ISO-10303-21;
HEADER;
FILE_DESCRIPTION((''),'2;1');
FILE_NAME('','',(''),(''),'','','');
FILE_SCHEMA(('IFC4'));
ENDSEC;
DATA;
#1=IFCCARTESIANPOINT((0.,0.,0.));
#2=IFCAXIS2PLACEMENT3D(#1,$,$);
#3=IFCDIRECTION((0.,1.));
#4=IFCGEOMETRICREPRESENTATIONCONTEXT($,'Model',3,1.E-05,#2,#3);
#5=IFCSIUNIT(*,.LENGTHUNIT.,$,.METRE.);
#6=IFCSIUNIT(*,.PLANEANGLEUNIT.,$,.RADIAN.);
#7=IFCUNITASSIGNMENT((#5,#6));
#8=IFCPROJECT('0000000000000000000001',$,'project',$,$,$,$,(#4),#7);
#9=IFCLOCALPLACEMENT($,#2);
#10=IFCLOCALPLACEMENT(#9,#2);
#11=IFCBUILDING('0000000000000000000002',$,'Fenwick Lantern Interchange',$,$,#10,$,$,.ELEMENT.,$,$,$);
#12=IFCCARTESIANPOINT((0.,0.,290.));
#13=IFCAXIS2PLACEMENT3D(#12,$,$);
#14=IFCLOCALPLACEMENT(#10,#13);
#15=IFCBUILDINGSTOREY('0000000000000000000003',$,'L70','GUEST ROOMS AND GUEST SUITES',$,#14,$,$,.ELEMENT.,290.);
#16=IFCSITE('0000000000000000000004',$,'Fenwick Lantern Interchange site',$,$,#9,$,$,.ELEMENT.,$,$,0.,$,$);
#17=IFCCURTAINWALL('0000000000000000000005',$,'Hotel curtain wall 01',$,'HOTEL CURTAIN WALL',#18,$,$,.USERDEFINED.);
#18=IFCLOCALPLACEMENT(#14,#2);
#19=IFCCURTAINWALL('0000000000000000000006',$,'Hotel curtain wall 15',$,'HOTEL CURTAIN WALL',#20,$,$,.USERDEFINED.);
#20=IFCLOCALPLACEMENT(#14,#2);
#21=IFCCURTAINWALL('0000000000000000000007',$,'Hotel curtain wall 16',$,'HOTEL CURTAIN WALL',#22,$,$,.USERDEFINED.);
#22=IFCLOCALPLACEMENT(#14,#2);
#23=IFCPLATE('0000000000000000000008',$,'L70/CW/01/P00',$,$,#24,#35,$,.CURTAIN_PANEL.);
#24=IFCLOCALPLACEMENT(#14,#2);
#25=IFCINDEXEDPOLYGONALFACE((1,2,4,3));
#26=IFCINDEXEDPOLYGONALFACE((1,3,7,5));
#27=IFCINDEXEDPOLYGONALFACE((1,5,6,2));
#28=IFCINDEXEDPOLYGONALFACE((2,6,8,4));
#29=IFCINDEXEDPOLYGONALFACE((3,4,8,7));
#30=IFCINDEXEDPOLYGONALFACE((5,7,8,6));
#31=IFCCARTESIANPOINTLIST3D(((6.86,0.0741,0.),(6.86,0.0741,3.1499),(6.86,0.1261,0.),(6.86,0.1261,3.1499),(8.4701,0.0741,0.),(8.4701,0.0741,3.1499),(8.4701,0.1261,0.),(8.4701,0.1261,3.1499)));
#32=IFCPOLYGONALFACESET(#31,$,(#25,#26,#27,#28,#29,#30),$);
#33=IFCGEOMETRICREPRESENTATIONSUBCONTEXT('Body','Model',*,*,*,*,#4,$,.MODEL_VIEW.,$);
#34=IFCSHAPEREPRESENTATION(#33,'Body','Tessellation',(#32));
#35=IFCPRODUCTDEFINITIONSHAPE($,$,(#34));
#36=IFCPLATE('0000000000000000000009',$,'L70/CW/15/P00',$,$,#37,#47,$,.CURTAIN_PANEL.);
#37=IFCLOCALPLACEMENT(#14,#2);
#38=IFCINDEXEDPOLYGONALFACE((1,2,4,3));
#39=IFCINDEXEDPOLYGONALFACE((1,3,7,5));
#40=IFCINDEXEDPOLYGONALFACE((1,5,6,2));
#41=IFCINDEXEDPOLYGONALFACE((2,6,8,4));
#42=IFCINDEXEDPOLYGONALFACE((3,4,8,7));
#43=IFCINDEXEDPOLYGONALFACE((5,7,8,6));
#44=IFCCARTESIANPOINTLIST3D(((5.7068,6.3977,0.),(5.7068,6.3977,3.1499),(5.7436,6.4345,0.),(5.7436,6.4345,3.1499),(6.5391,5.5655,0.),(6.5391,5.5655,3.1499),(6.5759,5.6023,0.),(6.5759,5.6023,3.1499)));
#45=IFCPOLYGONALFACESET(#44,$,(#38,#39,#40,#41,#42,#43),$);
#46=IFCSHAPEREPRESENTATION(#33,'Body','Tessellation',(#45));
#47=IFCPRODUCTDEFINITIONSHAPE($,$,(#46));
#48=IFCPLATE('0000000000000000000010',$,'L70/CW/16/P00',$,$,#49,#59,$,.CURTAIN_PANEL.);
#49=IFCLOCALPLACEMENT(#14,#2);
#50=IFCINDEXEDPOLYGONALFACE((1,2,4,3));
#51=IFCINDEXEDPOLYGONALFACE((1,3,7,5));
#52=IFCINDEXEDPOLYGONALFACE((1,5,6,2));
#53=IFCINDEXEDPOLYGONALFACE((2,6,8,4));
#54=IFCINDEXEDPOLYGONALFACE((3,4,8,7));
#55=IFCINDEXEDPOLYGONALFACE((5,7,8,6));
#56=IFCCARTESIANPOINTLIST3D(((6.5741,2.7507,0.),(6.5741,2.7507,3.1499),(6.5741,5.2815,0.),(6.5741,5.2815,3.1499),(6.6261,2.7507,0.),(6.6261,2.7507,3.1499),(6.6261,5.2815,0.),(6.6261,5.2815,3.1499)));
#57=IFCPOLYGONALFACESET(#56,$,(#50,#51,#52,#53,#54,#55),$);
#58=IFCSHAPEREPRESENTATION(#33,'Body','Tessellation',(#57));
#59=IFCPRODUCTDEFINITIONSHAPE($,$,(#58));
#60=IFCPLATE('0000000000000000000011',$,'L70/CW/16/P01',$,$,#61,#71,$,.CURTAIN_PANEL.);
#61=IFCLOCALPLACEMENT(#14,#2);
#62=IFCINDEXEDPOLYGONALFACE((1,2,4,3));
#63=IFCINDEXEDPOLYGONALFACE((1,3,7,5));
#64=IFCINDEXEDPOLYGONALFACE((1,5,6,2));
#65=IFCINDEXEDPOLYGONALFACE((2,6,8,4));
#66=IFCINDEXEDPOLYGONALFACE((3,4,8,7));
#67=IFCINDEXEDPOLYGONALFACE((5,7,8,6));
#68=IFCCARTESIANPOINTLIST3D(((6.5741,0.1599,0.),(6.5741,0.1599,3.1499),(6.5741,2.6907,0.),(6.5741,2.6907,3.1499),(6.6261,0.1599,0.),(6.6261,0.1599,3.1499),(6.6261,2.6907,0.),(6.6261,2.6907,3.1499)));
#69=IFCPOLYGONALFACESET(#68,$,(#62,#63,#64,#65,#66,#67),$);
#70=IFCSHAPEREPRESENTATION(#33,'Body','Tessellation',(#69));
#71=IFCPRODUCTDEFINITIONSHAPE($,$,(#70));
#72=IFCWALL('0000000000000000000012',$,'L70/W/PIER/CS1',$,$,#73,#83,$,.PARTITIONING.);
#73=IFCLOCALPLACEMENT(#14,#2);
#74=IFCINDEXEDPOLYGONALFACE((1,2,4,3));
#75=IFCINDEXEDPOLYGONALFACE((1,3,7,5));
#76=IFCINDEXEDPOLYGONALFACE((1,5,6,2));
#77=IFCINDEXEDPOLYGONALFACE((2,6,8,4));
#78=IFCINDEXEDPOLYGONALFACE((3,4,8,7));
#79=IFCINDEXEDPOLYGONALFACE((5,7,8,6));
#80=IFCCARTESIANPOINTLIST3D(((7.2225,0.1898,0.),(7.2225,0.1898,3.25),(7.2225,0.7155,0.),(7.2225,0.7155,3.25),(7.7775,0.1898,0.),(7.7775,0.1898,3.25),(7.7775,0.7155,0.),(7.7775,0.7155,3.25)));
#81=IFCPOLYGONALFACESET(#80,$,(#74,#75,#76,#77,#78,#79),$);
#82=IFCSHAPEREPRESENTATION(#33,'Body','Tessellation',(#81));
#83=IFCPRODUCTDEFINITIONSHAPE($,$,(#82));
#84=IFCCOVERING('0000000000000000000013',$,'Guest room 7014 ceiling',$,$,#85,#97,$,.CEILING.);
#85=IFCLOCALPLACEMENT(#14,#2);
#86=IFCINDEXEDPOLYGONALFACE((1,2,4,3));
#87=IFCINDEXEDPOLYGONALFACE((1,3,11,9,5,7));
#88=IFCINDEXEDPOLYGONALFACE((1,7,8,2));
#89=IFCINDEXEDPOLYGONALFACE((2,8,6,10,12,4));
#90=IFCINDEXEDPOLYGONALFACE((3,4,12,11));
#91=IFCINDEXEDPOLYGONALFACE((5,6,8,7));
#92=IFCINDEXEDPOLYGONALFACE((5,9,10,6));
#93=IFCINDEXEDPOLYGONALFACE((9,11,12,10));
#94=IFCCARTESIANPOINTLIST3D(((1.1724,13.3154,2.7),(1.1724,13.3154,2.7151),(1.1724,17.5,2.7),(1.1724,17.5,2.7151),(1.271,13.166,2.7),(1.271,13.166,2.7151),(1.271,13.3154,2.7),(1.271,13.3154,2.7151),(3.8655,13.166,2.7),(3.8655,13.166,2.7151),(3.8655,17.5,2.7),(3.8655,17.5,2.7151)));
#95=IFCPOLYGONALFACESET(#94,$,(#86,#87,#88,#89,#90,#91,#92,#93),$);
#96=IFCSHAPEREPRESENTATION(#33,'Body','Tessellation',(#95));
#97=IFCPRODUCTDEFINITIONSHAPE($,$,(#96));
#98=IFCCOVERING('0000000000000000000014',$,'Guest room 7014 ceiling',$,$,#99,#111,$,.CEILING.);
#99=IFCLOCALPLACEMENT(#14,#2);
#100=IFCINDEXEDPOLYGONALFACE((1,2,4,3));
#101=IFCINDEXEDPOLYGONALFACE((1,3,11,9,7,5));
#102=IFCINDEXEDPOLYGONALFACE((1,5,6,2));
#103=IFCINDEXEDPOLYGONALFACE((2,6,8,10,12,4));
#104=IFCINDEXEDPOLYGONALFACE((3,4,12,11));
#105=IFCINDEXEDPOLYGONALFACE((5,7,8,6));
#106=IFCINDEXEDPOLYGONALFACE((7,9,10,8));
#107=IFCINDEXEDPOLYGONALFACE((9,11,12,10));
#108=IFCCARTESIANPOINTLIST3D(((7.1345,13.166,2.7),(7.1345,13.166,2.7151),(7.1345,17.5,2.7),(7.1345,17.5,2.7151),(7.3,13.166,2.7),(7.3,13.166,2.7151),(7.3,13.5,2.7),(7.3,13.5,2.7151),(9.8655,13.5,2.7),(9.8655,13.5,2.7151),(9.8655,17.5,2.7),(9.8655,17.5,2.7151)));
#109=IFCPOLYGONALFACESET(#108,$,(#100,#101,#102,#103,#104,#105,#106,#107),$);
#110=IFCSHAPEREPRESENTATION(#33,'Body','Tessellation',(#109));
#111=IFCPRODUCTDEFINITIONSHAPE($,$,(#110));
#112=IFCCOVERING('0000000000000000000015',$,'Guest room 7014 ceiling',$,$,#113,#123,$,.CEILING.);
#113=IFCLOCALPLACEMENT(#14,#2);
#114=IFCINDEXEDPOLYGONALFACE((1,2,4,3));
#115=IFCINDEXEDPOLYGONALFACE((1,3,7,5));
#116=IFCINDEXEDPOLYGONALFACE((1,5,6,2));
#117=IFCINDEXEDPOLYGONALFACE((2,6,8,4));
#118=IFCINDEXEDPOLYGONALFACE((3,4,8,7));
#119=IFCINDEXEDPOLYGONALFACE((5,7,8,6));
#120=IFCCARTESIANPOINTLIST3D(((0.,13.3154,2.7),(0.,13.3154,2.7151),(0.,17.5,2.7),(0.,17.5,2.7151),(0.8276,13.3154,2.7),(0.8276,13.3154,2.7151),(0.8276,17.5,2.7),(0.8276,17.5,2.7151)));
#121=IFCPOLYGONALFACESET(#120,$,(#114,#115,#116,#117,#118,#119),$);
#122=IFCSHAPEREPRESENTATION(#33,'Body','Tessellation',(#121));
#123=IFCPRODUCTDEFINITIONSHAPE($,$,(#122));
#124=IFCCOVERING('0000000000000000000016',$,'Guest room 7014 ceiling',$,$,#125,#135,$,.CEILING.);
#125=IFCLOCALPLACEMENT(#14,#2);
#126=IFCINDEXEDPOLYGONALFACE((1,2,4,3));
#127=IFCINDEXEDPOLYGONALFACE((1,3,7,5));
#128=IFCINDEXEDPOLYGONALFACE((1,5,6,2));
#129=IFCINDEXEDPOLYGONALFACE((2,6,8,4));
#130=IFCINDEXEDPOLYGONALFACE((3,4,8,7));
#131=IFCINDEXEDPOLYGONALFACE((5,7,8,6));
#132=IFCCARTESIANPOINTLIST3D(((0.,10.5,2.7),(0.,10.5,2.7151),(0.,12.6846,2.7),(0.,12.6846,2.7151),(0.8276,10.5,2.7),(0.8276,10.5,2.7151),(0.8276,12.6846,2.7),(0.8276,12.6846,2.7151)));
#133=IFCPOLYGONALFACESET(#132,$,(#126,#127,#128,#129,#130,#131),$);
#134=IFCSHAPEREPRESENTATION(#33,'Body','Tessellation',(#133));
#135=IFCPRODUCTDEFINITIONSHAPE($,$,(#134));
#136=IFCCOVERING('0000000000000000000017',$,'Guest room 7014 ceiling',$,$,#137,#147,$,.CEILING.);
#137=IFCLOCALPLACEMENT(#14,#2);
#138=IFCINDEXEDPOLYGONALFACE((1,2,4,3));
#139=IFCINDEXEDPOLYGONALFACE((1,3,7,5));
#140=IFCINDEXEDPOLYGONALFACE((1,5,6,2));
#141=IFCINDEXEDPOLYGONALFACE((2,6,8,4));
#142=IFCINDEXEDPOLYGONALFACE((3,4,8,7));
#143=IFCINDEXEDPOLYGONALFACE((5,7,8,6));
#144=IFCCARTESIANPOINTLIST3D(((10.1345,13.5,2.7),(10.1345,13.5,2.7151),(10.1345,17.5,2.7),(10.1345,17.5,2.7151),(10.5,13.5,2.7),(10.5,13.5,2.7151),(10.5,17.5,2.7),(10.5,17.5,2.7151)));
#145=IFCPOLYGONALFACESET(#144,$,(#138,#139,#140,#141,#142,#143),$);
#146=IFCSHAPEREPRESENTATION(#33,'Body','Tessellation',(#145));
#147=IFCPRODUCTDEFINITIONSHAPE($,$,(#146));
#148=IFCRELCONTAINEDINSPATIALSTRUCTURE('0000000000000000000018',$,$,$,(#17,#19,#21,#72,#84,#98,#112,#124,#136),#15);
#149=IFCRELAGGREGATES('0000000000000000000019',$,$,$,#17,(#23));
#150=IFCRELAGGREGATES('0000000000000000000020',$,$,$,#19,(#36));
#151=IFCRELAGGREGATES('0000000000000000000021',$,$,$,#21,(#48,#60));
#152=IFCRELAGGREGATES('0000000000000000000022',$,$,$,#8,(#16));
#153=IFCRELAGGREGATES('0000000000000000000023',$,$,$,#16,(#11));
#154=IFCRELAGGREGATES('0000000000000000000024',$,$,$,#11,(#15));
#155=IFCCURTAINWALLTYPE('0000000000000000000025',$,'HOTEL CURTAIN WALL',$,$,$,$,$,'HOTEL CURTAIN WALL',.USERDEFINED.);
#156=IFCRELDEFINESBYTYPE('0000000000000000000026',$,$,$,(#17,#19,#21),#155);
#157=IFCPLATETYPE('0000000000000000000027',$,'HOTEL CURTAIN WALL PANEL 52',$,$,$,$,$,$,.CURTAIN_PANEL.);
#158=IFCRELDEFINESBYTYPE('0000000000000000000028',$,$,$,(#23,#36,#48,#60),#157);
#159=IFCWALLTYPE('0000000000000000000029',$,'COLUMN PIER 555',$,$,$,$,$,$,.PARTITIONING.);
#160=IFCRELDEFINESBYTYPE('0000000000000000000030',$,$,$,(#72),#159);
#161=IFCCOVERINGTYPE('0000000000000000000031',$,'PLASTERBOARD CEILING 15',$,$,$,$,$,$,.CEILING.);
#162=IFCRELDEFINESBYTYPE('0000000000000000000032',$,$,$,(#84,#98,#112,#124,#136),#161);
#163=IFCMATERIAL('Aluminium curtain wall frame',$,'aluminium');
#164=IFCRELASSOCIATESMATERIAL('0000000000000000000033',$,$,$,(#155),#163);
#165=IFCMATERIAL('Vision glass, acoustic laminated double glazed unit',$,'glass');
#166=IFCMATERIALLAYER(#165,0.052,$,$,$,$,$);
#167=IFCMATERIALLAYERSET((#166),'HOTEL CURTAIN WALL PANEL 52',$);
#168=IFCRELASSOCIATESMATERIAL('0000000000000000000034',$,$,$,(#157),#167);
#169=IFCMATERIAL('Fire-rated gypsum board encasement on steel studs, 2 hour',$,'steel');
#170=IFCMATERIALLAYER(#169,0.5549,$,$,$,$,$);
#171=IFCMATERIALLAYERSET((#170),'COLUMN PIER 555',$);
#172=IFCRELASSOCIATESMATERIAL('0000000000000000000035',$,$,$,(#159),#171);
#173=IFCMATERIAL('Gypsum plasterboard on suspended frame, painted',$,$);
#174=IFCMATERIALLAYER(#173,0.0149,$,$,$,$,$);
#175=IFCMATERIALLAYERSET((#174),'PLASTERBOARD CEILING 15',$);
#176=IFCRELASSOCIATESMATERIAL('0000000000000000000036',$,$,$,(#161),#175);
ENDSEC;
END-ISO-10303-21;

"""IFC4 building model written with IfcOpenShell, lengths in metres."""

from ifc_helpers import new_model, si_unit, direction, frame, frame_2d, origin, origin_2d, place, context, subcontext, project, spatial, polyline, rectangle, outline, extrude, material, layer, layer_set, type_object, element, aggregate, save


model = new_model("IFC4")

# Units and contexts
model_context = context("Model", 3, precision=1e-05, world=origin(), true_north=direction((0.0, 1.0)))
body_context = subcontext(model_context, "Body", "Model", "MODEL_VIEW")
ifc_project = project(units=[si_unit("LENGTHUNIT", "METRE"), si_unit("PLANEANGLEUNIT", "RADIAN")], contexts=[model_context])

# Site, building, storey
site_placement = place(None, origin())
site = spatial("IfcSite", under=ifc_project, at=site_placement, Name="Fenwick Lantern Interchange site", CompositionType="ELEMENT", RefElevation=0.0)
building_placement = place(site_placement, origin())
building = spatial("IfcBuilding", under=site, at=building_placement, Name="Fenwick Lantern Interchange", CompositionType="ELEMENT")
storey_placement = place(building_placement, frame((0.0, 0.0, 290.0)))
storey = spatial("IfcBuildingStorey", under=building, at=storey_placement, Name="L70", Description="GUEST ROOMS AND GUEST SUITES", CompositionType="ELEMENT", Elevation=290.0)

# Curtain wall
ifc_material_1 = material(Name="Aluminium curtain wall frame", Category="aluminium")
curtain_wall_type = type_object("IfcCurtainWallType", Name="HOTEL CURTAIN WALL", ElementType="HOTEL CURTAIN WALL", PredefinedType="USERDEFINED", material=ifc_material_1)
curtain_wall_1_placement = place(storey_placement, origin())
curtain_wall_1 = element("IfcCurtainWall", 1, at=curtain_wall_1_placement, inside=storey, type_object=curtain_wall_type, Name="Hotel curtain wall 01", ObjectType="HOTEL CURTAIN WALL", PredefinedType="USERDEFINED")

# Curtain wall
curtain_wall_2_placement = place(storey_placement, origin())
curtain_wall_2 = element("IfcCurtainWall", 2, at=curtain_wall_2_placement, inside=storey, type_object=curtain_wall_type, Name="Hotel curtain wall 15", ObjectType="HOTEL CURTAIN WALL", PredefinedType="USERDEFINED")

# Curtain wall
curtain_wall_3_placement = place(storey_placement, origin())
curtain_wall_3 = element("IfcCurtainWall", 3, at=curtain_wall_3_placement, inside=storey, type_object=curtain_wall_type, Name="Hotel curtain wall 16", ObjectType="HOTEL CURTAIN WALL", PredefinedType="USERDEFINED")

# Plates
ifc_material_2 = material(Name="Vision glass, acoustic laminated double glazed unit", Category="glass")
ifc_layer_1 = layer(ifc_material_2, 0.052)
ifc_layer_set_1 = layer_set([ifc_layer_1], Name="HOTEL CURTAIN WALL PANEL 52")
plate_type = type_object("IfcPlateType", Name="HOTEL CURTAIN WALL PANEL 52", PredefinedType="CURTAIN_PANEL", material=ifc_layer_set_1)
plate_1_placement = place(storey_placement, frame((7.665, 0.1001, 0.0), z_axis=(0.0, 0.0, 1.0), x_axis=(1.0, 0.0, 0.0)))
plate_1 = element("IfcPlate", 4, at=plate_1_placement, type_object=plate_type, Name="L70/CW/01/P00", PredefinedType="CURTAIN_PANEL", context=body_context, shape_type="SweptSolid", body=[
    extrude(rectangle(XDim=1.6101, YDim=0.052, at=origin_2d()), origin(), (0.0, 0.0, 1.0), 3.1499),
])
aggregate(curtain_wall_1, [plate_1])
plate_2_placement = place(storey_placement, frame((6.1414, 6.0, 0.0), z_axis=(0.0, 0.0, 1.0), x_axis=(0.707107, -0.707107, 0.0)))
plate_2 = element("IfcPlate", 5, at=plate_2_placement, type_object=plate_type, Name="L70/CW/15/P00", PredefinedType="CURTAIN_PANEL", context=body_context, shape_type="SweptSolid", body=[
    extrude(rectangle(XDim=1.177, YDim=0.052, at=origin_2d()), origin(), (0.0, 0.0, 1.0), 3.1499),
])
aggregate(curtain_wall_2, [plate_2])
plate_3_placement = place(storey_placement, frame((6.6001, 4.0161, 0.0), z_axis=(0.0, 0.0, 1.0), x_axis=(0.0, -1.0, 0.0)))
plate_3 = element("IfcPlate", 6, at=plate_3_placement, type_object=plate_type, Name="L70/CW/16/P00", PredefinedType="CURTAIN_PANEL", context=body_context, shape_type="SweptSolid", body=[
    extrude(rectangle(XDim=2.5308, YDim=0.052, at=origin_2d()), origin(), (0.0, 0.0, 1.0), 3.1499),
])
plate_4_placement = place(storey_placement, frame((6.6001, 1.4253, 0.0), z_axis=(0.0, 0.0, 1.0), x_axis=(0.0, -1.0, 0.0)))
plate_4 = element("IfcPlate", 7, at=plate_4_placement, type_object=plate_type, Name="L70/CW/16/P01", PredefinedType="CURTAIN_PANEL", context=body_context, shape_type="SweptSolid", body=[
    extrude(rectangle(XDim=2.5308, YDim=0.052, at=origin_2d()), origin(), (0.0, 0.0, 1.0), 3.1499),
])
aggregate(curtain_wall_3, [plate_3, plate_4])

# Wall
ifc_material_3 = material(Name="Fire-rated gypsum board encasement on steel studs, 2 hour", Category="steel")
ifc_layer_2 = layer(ifc_material_3, 0.5549)
ifc_layer_set_2 = layer_set([ifc_layer_2], Name="COLUMN PIER 555")
wall_type = type_object("IfcWallType", Name="COLUMN PIER 555", PredefinedType="PARTITIONING", material=ifc_layer_set_2)
wall_placement = place(storey_placement, frame((7.5, 0.1899, 0.0), z_axis=(0.0, 0.0, 1.0), x_axis=(0.0, 1.0, 0.0)))
element("IfcWall", 8, at=wall_placement, inside=storey, type_object=wall_type, Name="L70/W/PIER/CS1", PredefinedType="PARTITIONING", context=body_context, shape_type="SweptSolid", body=[
    extrude(rectangle(XDim=0.5256, YDim=0.5549, at=frame_2d((0.2627, 0.0))), origin(), (0.0, 0.0, 1.0), 3.25),
])

# Coverings
ifc_material_4 = material(Name="Gypsum plasterboard on suspended frame, painted")
ifc_layer_3 = layer(ifc_material_4, 0.0149)
ifc_layer_set_3 = layer_set([ifc_layer_3], Name="PLASTERBOARD CEILING 15")
covering_type_1 = type_object("IfcCoveringType", Name="PLASTERBOARD CEILING 15", PredefinedType="CEILING", material=ifc_layer_set_3)
covering_1_placement = place(storey_placement, frame((0.0, 0.0, 2.7)))
element("IfcCovering", 9, at=covering_1_placement, inside=storey, type_object=covering_type_1, Name="Guest room 7014 ceiling", PredefinedType="CEILING", context=body_context, shape_type="SweptSolid", body=[
    extrude(outline(polyline([(1.271, 13.3154), (1.271, 13.166), (3.8655, 13.166), (3.8655, 17.5), (1.1724, 17.5), (1.1724, 13.3154), (1.271, 13.3154)])), origin(), (0.0, 0.0, 1.0), 0.0151),
])
covering_2_placement = place(storey_placement, frame((0.0, 0.0, 2.7)))
element("IfcCovering", 10, at=covering_2_placement, inside=storey, type_object=covering_type_1, Name="Guest room 7014 ceiling", PredefinedType="CEILING", context=body_context, shape_type="SweptSolid", body=[
    extrude(outline(polyline([(9.8655, 17.5), (7.1345, 17.5), (7.1345, 13.166), (7.3, 13.166), (7.3, 13.5), (9.8655, 13.5), (9.8655, 17.5)])), origin(), (0.0, 0.0, 1.0), 0.0151),
])
covering_3_placement = place(storey_placement, frame((0.0, 0.0, 2.7)))
element("IfcCovering", 11, at=covering_3_placement, inside=storey, type_object=covering_type_1, Name="Guest room 7014 ceiling", PredefinedType="CEILING", context=body_context, shape_type="SweptSolid", body=[
    extrude(outline(polyline([(0.0, 13.3154), (0.8276, 13.3154), (0.8276, 17.5), (0.0, 17.5), (0.0, 13.3154)])), origin(), (0.0, 0.0, 1.0), 0.0151),
])
covering_4_placement = place(storey_placement, frame((0.0, 0.0, 2.7)))
element("IfcCovering", 12, at=covering_4_placement, inside=storey, type_object=covering_type_1, Name="Guest room 7014 ceiling", PredefinedType="CEILING", context=body_context, shape_type="SweptSolid", body=[
    extrude(outline(polyline([(0.8276, 12.6846), (0.0, 12.6846), (0.0, 10.5), (0.8276, 10.5), (0.8276, 12.6846)])), origin(), (0.0, 0.0, 1.0), 0.0151),
])
covering_5_placement = place(storey_placement, frame((0.0, 0.0, 2.7)))
element("IfcCovering", 13, at=covering_5_placement, inside=storey, type_object=covering_type_1, Name="Guest room 7014 ceiling", PredefinedType="CEILING", context=body_context, shape_type="SweptSolid", body=[
    extrude(outline(polyline([(10.5, 17.5), (10.1345, 17.5), (10.1345, 13.5), (10.5, 13.5), (10.5, 17.5)])), origin(), (0.0, 0.0, 1.0), 0.0151),
])

save(model, "model.ifc")
